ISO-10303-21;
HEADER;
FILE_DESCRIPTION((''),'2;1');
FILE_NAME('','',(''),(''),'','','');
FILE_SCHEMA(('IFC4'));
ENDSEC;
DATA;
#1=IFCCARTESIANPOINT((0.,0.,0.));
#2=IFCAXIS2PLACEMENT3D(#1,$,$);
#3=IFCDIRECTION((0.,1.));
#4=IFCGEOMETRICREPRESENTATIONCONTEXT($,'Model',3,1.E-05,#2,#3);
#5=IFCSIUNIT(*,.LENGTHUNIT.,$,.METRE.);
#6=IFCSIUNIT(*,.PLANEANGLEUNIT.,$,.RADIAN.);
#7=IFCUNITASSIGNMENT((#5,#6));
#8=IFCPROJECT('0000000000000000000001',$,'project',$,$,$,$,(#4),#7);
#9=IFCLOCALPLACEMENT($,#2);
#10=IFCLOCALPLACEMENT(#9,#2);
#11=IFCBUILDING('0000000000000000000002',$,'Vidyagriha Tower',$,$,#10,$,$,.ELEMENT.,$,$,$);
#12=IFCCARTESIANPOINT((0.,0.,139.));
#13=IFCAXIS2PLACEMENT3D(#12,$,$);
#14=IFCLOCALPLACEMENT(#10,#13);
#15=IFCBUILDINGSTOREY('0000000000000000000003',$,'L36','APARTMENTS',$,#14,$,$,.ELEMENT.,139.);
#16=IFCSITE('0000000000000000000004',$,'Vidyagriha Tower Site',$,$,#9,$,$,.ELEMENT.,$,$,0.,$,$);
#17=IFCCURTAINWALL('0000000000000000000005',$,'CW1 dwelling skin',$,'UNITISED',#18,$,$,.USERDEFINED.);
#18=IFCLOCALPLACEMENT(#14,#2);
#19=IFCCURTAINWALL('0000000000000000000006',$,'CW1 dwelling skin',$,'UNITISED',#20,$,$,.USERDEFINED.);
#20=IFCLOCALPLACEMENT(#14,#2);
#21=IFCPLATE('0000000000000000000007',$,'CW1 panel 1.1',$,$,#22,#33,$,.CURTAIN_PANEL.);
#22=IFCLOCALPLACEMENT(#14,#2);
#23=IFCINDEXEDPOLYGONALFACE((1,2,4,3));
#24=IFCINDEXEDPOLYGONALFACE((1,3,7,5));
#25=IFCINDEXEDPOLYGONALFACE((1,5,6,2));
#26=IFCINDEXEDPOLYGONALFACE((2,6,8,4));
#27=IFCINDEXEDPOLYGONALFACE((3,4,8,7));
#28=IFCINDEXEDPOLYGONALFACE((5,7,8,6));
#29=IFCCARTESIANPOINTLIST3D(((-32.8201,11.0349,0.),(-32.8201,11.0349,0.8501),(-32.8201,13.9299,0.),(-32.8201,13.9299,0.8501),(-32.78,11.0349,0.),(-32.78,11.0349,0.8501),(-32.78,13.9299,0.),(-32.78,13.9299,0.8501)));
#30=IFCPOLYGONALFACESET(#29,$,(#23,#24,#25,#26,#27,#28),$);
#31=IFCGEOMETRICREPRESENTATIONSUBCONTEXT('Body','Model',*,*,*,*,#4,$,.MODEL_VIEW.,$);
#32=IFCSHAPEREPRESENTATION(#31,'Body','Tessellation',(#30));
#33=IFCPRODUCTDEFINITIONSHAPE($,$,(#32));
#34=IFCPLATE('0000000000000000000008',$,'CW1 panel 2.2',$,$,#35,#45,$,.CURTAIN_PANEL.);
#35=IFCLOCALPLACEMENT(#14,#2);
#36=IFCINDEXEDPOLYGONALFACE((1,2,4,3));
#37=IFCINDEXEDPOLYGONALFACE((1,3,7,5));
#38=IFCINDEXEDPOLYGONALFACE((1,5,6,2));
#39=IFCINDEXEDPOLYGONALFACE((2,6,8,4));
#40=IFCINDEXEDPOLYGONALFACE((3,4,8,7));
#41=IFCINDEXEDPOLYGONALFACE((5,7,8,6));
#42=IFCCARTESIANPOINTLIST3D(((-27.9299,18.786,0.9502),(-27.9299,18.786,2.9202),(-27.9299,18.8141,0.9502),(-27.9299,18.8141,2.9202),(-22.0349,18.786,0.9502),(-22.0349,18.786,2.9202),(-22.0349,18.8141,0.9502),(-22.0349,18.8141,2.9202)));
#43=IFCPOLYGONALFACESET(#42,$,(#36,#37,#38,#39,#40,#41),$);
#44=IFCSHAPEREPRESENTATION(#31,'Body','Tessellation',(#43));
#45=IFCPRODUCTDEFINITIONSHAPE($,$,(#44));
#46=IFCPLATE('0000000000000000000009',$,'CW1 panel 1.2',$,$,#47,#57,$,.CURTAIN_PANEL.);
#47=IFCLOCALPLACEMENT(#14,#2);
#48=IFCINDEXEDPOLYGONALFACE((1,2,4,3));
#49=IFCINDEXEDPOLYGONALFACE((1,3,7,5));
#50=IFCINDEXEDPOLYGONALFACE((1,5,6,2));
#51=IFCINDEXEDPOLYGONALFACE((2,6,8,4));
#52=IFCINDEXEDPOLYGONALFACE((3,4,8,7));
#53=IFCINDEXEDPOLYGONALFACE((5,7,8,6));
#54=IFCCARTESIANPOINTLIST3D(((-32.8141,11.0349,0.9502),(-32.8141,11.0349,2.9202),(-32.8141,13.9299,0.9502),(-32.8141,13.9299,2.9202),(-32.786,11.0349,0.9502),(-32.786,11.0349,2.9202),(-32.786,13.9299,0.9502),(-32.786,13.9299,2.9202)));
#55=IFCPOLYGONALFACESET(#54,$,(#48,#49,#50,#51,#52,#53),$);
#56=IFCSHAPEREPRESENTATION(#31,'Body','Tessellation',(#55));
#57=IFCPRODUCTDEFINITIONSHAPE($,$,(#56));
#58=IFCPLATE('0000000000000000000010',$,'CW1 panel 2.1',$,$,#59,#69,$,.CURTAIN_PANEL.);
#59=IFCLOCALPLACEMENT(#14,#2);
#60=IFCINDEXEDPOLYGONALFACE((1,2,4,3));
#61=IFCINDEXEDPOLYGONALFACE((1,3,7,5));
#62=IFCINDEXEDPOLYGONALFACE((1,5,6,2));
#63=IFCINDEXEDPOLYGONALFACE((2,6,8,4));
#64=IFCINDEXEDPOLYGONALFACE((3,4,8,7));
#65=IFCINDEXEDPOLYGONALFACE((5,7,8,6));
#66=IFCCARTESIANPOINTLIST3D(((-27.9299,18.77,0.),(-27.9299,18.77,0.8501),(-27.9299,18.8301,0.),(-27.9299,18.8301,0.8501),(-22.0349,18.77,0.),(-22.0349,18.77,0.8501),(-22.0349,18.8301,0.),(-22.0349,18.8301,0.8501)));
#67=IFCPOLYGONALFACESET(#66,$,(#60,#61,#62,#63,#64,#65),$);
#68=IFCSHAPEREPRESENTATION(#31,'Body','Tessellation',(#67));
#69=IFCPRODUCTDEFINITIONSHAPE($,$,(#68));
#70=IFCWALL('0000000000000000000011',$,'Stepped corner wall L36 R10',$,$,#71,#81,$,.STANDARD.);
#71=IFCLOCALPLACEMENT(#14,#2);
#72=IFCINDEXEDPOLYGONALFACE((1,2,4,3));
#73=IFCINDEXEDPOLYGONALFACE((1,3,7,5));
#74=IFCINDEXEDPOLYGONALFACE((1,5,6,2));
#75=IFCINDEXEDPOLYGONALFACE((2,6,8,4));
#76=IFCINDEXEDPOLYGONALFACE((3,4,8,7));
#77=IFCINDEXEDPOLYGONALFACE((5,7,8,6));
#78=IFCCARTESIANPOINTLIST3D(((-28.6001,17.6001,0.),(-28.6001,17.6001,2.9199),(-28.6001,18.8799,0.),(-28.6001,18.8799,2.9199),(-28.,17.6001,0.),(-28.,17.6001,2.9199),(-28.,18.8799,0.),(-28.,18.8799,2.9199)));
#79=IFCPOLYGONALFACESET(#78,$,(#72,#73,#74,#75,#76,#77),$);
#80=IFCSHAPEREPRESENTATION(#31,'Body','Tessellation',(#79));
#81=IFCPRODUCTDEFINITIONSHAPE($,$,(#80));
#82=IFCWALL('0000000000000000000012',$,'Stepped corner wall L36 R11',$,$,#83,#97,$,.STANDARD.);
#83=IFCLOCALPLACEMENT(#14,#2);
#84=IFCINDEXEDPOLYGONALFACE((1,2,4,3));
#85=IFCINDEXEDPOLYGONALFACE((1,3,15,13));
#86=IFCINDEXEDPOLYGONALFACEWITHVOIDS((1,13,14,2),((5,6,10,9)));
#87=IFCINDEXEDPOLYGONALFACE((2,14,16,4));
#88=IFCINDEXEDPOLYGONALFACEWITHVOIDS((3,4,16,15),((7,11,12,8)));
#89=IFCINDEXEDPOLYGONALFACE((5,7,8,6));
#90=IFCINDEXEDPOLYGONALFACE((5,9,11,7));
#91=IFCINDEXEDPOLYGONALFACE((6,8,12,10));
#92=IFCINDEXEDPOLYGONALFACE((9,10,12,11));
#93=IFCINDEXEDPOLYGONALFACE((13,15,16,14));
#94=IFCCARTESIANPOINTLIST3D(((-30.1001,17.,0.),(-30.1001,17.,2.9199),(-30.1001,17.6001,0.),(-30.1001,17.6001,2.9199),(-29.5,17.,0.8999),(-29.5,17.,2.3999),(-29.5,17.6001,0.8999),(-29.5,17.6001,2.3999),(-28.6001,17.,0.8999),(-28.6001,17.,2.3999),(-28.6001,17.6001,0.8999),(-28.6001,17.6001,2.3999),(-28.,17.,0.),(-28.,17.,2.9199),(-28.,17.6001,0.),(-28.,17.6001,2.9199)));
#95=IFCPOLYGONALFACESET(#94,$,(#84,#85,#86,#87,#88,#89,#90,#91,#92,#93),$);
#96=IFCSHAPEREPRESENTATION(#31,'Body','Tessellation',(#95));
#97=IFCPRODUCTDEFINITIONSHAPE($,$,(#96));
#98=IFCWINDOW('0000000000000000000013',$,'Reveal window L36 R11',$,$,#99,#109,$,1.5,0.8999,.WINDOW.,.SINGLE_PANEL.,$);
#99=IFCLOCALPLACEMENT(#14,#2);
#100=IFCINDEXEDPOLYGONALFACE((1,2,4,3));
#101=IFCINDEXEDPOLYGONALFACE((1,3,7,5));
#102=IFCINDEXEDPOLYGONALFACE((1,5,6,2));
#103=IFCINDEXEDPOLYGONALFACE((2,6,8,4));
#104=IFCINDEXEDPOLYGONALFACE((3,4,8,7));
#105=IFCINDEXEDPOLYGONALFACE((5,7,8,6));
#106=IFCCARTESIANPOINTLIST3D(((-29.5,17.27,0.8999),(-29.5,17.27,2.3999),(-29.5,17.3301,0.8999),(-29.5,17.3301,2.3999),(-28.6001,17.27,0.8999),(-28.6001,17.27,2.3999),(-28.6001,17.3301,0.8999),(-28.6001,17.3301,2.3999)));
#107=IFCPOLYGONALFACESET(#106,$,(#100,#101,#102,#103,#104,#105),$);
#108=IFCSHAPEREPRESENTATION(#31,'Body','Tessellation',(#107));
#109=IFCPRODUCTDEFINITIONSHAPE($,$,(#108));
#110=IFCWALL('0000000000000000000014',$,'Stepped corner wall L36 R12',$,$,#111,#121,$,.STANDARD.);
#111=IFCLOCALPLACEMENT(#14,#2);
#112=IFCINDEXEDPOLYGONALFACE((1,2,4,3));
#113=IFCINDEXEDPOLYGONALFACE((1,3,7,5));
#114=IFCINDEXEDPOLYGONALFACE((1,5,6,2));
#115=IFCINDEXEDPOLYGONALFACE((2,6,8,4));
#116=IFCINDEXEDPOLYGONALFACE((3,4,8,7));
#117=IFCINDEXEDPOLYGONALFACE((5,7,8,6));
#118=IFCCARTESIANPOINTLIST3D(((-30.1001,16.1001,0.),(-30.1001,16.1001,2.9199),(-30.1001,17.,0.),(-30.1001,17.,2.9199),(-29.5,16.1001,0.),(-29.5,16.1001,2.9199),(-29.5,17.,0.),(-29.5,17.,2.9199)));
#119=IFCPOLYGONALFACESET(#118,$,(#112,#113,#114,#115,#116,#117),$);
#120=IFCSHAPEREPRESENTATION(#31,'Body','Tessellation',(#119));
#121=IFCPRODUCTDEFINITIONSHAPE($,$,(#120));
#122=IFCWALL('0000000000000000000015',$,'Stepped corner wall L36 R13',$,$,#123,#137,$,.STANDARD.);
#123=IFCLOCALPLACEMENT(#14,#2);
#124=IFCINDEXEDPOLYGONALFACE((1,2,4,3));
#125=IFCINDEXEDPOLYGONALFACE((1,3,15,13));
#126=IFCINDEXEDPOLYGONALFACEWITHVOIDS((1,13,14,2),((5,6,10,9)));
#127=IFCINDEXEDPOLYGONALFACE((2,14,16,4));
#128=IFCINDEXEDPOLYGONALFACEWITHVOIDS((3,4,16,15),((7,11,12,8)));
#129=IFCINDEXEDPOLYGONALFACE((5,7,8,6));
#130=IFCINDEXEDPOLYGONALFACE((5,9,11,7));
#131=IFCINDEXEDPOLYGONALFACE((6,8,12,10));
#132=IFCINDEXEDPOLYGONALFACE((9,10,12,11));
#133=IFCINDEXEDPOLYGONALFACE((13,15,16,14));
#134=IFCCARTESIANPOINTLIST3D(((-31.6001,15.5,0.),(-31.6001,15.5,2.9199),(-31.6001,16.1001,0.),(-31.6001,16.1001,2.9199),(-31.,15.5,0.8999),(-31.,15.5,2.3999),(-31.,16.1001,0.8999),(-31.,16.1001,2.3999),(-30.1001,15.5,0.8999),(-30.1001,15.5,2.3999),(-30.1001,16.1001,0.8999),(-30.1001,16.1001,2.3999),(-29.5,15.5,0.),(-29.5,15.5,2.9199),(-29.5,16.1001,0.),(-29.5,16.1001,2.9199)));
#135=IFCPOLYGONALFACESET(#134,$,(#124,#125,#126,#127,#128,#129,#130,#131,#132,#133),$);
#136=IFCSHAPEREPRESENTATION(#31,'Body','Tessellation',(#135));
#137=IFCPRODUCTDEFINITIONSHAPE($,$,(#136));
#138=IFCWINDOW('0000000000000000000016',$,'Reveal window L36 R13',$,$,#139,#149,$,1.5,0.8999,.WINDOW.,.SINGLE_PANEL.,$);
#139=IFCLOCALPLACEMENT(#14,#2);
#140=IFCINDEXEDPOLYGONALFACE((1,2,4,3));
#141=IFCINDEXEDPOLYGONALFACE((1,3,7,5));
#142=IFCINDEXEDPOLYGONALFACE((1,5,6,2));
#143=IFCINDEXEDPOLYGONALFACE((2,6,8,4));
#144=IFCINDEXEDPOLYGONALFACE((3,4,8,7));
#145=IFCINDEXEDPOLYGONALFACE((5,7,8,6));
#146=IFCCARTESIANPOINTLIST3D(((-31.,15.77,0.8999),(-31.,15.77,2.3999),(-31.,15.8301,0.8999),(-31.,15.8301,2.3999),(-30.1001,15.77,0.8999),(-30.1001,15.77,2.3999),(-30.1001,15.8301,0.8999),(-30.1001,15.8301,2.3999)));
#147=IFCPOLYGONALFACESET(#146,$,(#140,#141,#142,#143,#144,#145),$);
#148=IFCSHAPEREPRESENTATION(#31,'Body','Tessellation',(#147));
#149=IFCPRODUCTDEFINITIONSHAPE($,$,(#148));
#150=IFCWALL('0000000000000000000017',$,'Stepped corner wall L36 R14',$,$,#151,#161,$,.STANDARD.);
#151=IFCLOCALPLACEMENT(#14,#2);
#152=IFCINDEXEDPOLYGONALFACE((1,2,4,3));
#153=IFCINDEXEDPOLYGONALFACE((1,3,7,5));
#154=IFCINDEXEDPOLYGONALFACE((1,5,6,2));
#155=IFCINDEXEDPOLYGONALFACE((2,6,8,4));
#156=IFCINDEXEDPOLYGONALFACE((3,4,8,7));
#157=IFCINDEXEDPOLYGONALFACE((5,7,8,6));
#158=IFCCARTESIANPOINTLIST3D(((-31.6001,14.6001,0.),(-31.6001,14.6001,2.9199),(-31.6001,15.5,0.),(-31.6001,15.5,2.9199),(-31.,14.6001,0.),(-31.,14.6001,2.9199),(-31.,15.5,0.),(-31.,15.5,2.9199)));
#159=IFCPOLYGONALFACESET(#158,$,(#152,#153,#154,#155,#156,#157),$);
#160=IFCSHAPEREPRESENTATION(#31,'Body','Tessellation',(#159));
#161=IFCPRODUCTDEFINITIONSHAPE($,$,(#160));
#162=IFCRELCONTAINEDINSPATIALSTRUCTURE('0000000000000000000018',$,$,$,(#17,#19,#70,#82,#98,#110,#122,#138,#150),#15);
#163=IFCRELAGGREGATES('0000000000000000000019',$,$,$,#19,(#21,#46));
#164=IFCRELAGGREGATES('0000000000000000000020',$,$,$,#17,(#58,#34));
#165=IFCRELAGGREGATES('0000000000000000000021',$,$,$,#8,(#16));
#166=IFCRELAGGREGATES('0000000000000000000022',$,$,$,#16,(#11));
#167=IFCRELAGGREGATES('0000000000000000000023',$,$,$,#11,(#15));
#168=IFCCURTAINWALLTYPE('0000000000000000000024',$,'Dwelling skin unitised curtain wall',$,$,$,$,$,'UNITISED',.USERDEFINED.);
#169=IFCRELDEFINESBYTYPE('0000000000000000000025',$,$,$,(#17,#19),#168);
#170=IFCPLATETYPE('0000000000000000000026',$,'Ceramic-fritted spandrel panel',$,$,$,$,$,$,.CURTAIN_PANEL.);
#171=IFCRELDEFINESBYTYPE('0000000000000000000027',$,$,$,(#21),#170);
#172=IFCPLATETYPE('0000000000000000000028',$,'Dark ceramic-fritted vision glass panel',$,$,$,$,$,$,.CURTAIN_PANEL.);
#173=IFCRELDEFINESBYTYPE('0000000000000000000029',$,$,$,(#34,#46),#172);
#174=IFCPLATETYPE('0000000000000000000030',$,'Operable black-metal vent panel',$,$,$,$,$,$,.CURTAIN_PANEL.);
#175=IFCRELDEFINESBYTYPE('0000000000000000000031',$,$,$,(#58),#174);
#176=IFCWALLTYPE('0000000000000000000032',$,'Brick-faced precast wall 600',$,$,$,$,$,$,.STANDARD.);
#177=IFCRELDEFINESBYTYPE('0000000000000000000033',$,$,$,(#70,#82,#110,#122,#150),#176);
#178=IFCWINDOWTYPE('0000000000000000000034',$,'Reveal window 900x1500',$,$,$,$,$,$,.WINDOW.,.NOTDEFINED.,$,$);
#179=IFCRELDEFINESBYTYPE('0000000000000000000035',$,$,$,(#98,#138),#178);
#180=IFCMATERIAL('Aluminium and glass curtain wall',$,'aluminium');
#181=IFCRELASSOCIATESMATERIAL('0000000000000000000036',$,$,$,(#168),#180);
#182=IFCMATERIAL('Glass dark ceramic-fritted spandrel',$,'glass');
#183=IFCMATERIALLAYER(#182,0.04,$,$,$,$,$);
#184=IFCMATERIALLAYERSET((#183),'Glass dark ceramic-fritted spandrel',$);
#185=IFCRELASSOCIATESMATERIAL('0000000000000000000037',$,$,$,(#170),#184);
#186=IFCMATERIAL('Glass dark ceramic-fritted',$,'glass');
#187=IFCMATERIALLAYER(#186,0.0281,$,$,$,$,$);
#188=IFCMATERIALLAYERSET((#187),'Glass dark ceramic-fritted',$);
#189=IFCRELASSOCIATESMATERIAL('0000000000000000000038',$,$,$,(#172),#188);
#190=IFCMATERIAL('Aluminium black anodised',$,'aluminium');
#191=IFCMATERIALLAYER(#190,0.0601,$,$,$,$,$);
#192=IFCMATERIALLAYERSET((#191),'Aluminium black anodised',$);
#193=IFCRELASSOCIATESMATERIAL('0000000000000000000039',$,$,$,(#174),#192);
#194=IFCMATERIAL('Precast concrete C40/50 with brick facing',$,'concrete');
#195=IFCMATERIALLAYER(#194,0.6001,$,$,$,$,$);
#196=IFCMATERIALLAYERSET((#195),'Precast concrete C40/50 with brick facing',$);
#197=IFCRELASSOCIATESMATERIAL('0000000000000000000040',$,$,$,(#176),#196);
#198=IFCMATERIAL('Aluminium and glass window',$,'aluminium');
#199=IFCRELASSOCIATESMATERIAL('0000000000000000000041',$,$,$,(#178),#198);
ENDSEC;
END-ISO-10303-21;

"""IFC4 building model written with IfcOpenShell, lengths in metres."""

from ifc_helpers import new_model, si_unit, direction, frame, frame_2d, origin, origin_2d, place, context, subcontext, project, spatial, rectangle, extrude, material, layer, layer_set, type_object, element, fill, aggregate, save


model = new_model("IFC4")

# Units and contexts
model_context = context("Model", 3, precision=1e-05, world=origin(), true_north=direction((0.0, 1.0)))
body_context = subcontext(model_context, "Body", "Model", "MODEL_VIEW")
ifc_project = project(units=[si_unit("LENGTHUNIT", "METRE"), si_unit("PLANEANGLEUNIT", "RADIAN")], contexts=[model_context])

# Site, building, storey
site_placement = place(None, origin())
site = spatial("IfcSite", under=ifc_project, at=site_placement, Name="Vidyagriha Tower Site", CompositionType="ELEMENT", RefElevation=0.0)
building_placement = place(site_placement, origin())
building = spatial("IfcBuilding", under=site, at=building_placement, Name="Vidyagriha Tower", CompositionType="ELEMENT")
storey_placement = place(building_placement, frame((0.0, 0.0, 139.0)))
storey = spatial("IfcBuildingStorey", under=building, at=storey_placement, Name="L36", Description="APARTMENTS", CompositionType="ELEMENT", Elevation=139.0)

# Curtain wall
ifc_material_1 = material(Name="Aluminium and glass curtain wall", Category="aluminium")
curtain_wall_type = type_object("IfcCurtainWallType", Name="Dwelling skin unitised curtain wall", ElementType="UNITISED", PredefinedType="USERDEFINED", material=ifc_material_1)
curtain_wall_1_placement = place(storey_placement, origin())
curtain_wall_1 = element("IfcCurtainWall", 1, at=curtain_wall_1_placement, inside=storey, type_object=curtain_wall_type, Name="CW1 dwelling skin", ObjectType="UNITISED", PredefinedType="USERDEFINED")

# Curtain wall
curtain_wall_2_placement = place(storey_placement, origin())
curtain_wall_2 = element("IfcCurtainWall", 2, at=curtain_wall_2_placement, inside=storey, type_object=curtain_wall_type, Name="CW1 dwelling skin", ObjectType="UNITISED", PredefinedType="USERDEFINED")

# Plates
ifc_material_2 = material(Name="Glass dark ceramic-fritted spandrel", Category="glass")
ifc_layer_1 = layer(ifc_material_2, 0.04)
ifc_layer_set_1 = layer_set([ifc_layer_1], Name="Glass dark ceramic-fritted spandrel")
plate_type_1 = type_object("IfcPlateType", Name="Ceramic-fritted spandrel panel", PredefinedType="CURTAIN_PANEL", material=ifc_layer_set_1)
plate_1_placement = place(storey_placement, frame((-32.8, 12.4824, 0.0), z_axis=(0.0, 0.0, 1.0), x_axis=(0.0, -1.0, 0.0)))
plate_1 = element("IfcPlate", 3, at=plate_1_placement, type_object=plate_type_1, Name="CW1 panel 1.1", PredefinedType="CURTAIN_PANEL", context=body_context, shape_type="SweptSolid", body=[
    extrude(rectangle(XDim=2.895, YDim=0.04, at=origin_2d()), origin(), (0.0, 0.0, 1.0), 0.8501),
])
ifc_material_3 = material(Name="Glass dark ceramic-fritted", Category="glass")
ifc_layer_2 = layer(ifc_material_3, 0.0281)
ifc_layer_set_2 = layer_set([ifc_layer_2], Name="Glass dark ceramic-fritted")
plate_type_2 = type_object("IfcPlateType", Name="Dark ceramic-fritted vision glass panel", PredefinedType="CURTAIN_PANEL", material=ifc_layer_set_2)
plate_2_placement = place(storey_placement, frame((-24.9824, 18.8, 0.9502), z_axis=(0.0, 0.0, 1.0), x_axis=(-1.0, 0.0, 0.0)))
plate_2 = element("IfcPlate", 4, at=plate_2_placement, type_object=plate_type_2, Name="CW1 panel 2.2", PredefinedType="CURTAIN_PANEL", context=body_context, shape_type="SweptSolid", body=[
    extrude(rectangle(XDim=5.895, YDim=0.0281, at=origin_2d()), origin(), (0.0, 0.0, 1.0), 1.97),
])
plate_3_placement = place(storey_placement, frame((-32.8, 12.4824, 0.9502), z_axis=(0.0, 0.0, 1.0), x_axis=(0.0, -1.0, 0.0)))
plate_3 = element("IfcPlate", 5, at=plate_3_placement, type_object=plate_type_2, Name="CW1 panel 1.2", PredefinedType="CURTAIN_PANEL", context=body_context, shape_type="SweptSolid", body=[
    extrude(rectangle(XDim=2.895, YDim=0.0281, at=origin_2d()), origin(), (0.0, 0.0, 1.0), 1.97),
])
aggregate(curtain_wall_2, [plate_1, plate_3])
ifc_material_4 = material(Name="Aluminium black anodised", Category="aluminium")
ifc_layer_3 = layer(ifc_material_4, 0.0601)
ifc_layer_set_3 = layer_set([ifc_layer_3], Name="Aluminium black anodised")
plate_type_3 = type_object("IfcPlateType", Name="Operable black-metal vent panel", PredefinedType="CURTAIN_PANEL", material=ifc_layer_set_3)
plate_4_placement = place(storey_placement, frame((-24.9824, 18.8, 0.0), z_axis=(0.0, 0.0, 1.0), x_axis=(-1.0, 0.0, 0.0)))
plate_4 = element("IfcPlate", 6, at=plate_4_placement, type_object=plate_type_3, Name="CW1 panel 2.1", PredefinedType="CURTAIN_PANEL", context=body_context, shape_type="SweptSolid", body=[
    extrude(rectangle(XDim=5.895, YDim=0.0601, at=origin_2d()), origin(), (0.0, 0.0, 1.0), 0.8501),
])
aggregate(curtain_wall_1, [plate_4, plate_2])

# Wall
ifc_material_5 = material(Name="Precast concrete C40/50 with brick facing", Category="concrete")
ifc_layer_4 = layer(ifc_material_5, 0.6001)
ifc_layer_set_4 = layer_set([ifc_layer_4], Name="Precast concrete C40/50 with brick facing")
wall_type_1 = type_object("IfcWallType", Name="Brick-faced precast wall 600", PredefinedType="STANDARD", material=ifc_layer_set_4)
wall_1_placement = place(storey_placement, frame((-28.3, 18.8799, 0.0), z_axis=(0.0, 0.0, 1.0), x_axis=(0.0, -1.0, 0.0)))
element("IfcWall", 7, at=wall_1_placement, inside=storey, type_object=wall_type_1, Name="Stepped corner wall L36 R10", PredefinedType="STANDARD", context=body_context, shape_type="SweptSolid", body=[
    extrude(rectangle(XDim=1.2798, YDim=0.6001, at=frame_2d((0.6399, 0.0))), origin(), (0.0, 0.0, 1.0), 2.9199),
])

# Wall, opening, window
wall_2_placement = place(storey_placement, frame((-28.0, 17.3, 0.0), z_axis=(0.0, 0.0, 1.0), x_axis=(-1.0, 0.0, 0.0)))
wall_2 = element("IfcWall", 8, at=wall_2_placement, inside=storey, type_object=wall_type_1, Name="Stepped corner wall L36 R11", PredefinedType="STANDARD", context=body_context, shape_type="SweptSolid", body=[
    extrude(rectangle(XDim=2.1001, YDim=0.6001, at=frame_2d((1.05, 0.0))), origin(), (0.0, 0.0, 1.0), 2.9199),
])
opening_1_placement = place(wall_2_placement, frame((0.6001, 0.0, 0.8999)))
opening_1 = element("IfcOpeningElement", 9, at=opening_1_placement, cuts=wall_2, PredefinedType="OPENING", context=body_context, shape_type="SweptSolid", body=[
    extrude(rectangle(XDim=0.8999, YDim=1.5, at=frame_2d((0.45, 0.75))), frame((0.0, 0.3101, 0.0), z_axis=(0.0, -1.0, 0.0), x_axis=(1.0, 0.0, 0.0)), (0.0, 0.0, 1.0), 0.6201),
])
ifc_material_6 = material(Name="Aluminium and glass window", Category="aluminium")
window_type = type_object("IfcWindowType", Name="Reveal window 900x1500", PartitioningType="NOTDEFINED", PredefinedType="WINDOW", material=ifc_material_6)
window_1_placement = place(opening_1_placement, origin())
window_1 = element("IfcWindow", 10, at=window_1_placement, inside=storey, type_object=window_type, Name="Reveal window L36 R11", OverallHeight=1.5, OverallWidth=0.8999, PartitioningType="SINGLE_PANEL", PredefinedType="WINDOW", context=body_context, shape_type="SweptSolid", body=[
    extrude(rectangle(XDim=0.8999, YDim=1.5, at=frame_2d((0.45, 0.75))), frame((0.0, 0.03, 0.0), z_axis=(0.0, -1.0, 0.0), x_axis=(1.0, 0.0, 0.0)), (0.0, 0.0, 1.0), 0.0601),
])
fill(opening_1, window_1)

# Wall
wall_3_placement = place(storey_placement, frame((-29.8, 17.0, 0.0), z_axis=(0.0, 0.0, 1.0), x_axis=(0.0, -1.0, 0.0)))
element("IfcWall", 11, at=wall_3_placement, inside=storey, type_object=wall_type_1, Name="Stepped corner wall L36 R12", PredefinedType="STANDARD", context=body_context, shape_type="SweptSolid", body=[
    extrude(rectangle(XDim=0.8999, YDim=0.6001, at=frame_2d((0.45, 0.0))), origin(), (0.0, 0.0, 1.0), 2.9199),
])

# Wall, opening, window
wall_4_placement = place(storey_placement, frame((-29.5, 15.8, 0.0), z_axis=(0.0, 0.0, 1.0), x_axis=(-1.0, 0.0, 0.0)))
wall_4 = element("IfcWall", 12, at=wall_4_placement, inside=storey, type_object=wall_type_1, Name="Stepped corner wall L36 R13", PredefinedType="STANDARD", context=body_context, shape_type="SweptSolid", body=[
    extrude(rectangle(XDim=2.1001, YDim=0.6001, at=frame_2d((1.05, 0.0))), origin(), (0.0, 0.0, 1.0), 2.9199),
])
opening_2_placement = place(wall_4_placement, frame((0.6001, 0.0, 0.8999)))
opening_2 = element("IfcOpeningElement", 13, at=opening_2_placement, cuts=wall_4, PredefinedType="OPENING", context=body_context, shape_type="SweptSolid", body=[
    extrude(rectangle(XDim=0.8999, YDim=1.5, at=frame_2d((0.45, 0.75))), frame((0.0, 0.3101, 0.0), z_axis=(0.0, -1.0, 0.0), x_axis=(1.0, 0.0, 0.0)), (0.0, 0.0, 1.0), 0.6201),
])
window_2_placement = place(opening_2_placement, origin())
window_2 = element("IfcWindow", 14, at=window_2_placement, inside=storey, type_object=window_type, Name="Reveal window L36 R13", OverallHeight=1.5, OverallWidth=0.8999, PartitioningType="SINGLE_PANEL", PredefinedType="WINDOW", context=body_context, shape_type="SweptSolid", body=[
    extrude(rectangle(XDim=0.8999, YDim=1.5, at=frame_2d((0.45, 0.75))), frame((0.0, 0.03, 0.0), z_axis=(0.0, -1.0, 0.0), x_axis=(1.0, 0.0, 0.0)), (0.0, 0.0, 1.0), 0.0601),
])
fill(opening_2, window_2)

# Wall
wall_5_placement = place(storey_placement, frame((-31.3, 15.5, 0.0), z_axis=(0.0, 0.0, 1.0), x_axis=(0.0, -1.0, 0.0)))
element("IfcWall", 15, at=wall_5_placement, inside=storey, type_object=wall_type_1, Name="Stepped corner wall L36 R14", PredefinedType="STANDARD", context=body_context, shape_type="SweptSolid", body=[
    extrude(rectangle(XDim=0.8999, YDim=0.6001, at=frame_2d((0.45, 0.0))), origin(), (0.0, 0.0, 1.0), 2.9199),
])

save(model, "model.ifc")
